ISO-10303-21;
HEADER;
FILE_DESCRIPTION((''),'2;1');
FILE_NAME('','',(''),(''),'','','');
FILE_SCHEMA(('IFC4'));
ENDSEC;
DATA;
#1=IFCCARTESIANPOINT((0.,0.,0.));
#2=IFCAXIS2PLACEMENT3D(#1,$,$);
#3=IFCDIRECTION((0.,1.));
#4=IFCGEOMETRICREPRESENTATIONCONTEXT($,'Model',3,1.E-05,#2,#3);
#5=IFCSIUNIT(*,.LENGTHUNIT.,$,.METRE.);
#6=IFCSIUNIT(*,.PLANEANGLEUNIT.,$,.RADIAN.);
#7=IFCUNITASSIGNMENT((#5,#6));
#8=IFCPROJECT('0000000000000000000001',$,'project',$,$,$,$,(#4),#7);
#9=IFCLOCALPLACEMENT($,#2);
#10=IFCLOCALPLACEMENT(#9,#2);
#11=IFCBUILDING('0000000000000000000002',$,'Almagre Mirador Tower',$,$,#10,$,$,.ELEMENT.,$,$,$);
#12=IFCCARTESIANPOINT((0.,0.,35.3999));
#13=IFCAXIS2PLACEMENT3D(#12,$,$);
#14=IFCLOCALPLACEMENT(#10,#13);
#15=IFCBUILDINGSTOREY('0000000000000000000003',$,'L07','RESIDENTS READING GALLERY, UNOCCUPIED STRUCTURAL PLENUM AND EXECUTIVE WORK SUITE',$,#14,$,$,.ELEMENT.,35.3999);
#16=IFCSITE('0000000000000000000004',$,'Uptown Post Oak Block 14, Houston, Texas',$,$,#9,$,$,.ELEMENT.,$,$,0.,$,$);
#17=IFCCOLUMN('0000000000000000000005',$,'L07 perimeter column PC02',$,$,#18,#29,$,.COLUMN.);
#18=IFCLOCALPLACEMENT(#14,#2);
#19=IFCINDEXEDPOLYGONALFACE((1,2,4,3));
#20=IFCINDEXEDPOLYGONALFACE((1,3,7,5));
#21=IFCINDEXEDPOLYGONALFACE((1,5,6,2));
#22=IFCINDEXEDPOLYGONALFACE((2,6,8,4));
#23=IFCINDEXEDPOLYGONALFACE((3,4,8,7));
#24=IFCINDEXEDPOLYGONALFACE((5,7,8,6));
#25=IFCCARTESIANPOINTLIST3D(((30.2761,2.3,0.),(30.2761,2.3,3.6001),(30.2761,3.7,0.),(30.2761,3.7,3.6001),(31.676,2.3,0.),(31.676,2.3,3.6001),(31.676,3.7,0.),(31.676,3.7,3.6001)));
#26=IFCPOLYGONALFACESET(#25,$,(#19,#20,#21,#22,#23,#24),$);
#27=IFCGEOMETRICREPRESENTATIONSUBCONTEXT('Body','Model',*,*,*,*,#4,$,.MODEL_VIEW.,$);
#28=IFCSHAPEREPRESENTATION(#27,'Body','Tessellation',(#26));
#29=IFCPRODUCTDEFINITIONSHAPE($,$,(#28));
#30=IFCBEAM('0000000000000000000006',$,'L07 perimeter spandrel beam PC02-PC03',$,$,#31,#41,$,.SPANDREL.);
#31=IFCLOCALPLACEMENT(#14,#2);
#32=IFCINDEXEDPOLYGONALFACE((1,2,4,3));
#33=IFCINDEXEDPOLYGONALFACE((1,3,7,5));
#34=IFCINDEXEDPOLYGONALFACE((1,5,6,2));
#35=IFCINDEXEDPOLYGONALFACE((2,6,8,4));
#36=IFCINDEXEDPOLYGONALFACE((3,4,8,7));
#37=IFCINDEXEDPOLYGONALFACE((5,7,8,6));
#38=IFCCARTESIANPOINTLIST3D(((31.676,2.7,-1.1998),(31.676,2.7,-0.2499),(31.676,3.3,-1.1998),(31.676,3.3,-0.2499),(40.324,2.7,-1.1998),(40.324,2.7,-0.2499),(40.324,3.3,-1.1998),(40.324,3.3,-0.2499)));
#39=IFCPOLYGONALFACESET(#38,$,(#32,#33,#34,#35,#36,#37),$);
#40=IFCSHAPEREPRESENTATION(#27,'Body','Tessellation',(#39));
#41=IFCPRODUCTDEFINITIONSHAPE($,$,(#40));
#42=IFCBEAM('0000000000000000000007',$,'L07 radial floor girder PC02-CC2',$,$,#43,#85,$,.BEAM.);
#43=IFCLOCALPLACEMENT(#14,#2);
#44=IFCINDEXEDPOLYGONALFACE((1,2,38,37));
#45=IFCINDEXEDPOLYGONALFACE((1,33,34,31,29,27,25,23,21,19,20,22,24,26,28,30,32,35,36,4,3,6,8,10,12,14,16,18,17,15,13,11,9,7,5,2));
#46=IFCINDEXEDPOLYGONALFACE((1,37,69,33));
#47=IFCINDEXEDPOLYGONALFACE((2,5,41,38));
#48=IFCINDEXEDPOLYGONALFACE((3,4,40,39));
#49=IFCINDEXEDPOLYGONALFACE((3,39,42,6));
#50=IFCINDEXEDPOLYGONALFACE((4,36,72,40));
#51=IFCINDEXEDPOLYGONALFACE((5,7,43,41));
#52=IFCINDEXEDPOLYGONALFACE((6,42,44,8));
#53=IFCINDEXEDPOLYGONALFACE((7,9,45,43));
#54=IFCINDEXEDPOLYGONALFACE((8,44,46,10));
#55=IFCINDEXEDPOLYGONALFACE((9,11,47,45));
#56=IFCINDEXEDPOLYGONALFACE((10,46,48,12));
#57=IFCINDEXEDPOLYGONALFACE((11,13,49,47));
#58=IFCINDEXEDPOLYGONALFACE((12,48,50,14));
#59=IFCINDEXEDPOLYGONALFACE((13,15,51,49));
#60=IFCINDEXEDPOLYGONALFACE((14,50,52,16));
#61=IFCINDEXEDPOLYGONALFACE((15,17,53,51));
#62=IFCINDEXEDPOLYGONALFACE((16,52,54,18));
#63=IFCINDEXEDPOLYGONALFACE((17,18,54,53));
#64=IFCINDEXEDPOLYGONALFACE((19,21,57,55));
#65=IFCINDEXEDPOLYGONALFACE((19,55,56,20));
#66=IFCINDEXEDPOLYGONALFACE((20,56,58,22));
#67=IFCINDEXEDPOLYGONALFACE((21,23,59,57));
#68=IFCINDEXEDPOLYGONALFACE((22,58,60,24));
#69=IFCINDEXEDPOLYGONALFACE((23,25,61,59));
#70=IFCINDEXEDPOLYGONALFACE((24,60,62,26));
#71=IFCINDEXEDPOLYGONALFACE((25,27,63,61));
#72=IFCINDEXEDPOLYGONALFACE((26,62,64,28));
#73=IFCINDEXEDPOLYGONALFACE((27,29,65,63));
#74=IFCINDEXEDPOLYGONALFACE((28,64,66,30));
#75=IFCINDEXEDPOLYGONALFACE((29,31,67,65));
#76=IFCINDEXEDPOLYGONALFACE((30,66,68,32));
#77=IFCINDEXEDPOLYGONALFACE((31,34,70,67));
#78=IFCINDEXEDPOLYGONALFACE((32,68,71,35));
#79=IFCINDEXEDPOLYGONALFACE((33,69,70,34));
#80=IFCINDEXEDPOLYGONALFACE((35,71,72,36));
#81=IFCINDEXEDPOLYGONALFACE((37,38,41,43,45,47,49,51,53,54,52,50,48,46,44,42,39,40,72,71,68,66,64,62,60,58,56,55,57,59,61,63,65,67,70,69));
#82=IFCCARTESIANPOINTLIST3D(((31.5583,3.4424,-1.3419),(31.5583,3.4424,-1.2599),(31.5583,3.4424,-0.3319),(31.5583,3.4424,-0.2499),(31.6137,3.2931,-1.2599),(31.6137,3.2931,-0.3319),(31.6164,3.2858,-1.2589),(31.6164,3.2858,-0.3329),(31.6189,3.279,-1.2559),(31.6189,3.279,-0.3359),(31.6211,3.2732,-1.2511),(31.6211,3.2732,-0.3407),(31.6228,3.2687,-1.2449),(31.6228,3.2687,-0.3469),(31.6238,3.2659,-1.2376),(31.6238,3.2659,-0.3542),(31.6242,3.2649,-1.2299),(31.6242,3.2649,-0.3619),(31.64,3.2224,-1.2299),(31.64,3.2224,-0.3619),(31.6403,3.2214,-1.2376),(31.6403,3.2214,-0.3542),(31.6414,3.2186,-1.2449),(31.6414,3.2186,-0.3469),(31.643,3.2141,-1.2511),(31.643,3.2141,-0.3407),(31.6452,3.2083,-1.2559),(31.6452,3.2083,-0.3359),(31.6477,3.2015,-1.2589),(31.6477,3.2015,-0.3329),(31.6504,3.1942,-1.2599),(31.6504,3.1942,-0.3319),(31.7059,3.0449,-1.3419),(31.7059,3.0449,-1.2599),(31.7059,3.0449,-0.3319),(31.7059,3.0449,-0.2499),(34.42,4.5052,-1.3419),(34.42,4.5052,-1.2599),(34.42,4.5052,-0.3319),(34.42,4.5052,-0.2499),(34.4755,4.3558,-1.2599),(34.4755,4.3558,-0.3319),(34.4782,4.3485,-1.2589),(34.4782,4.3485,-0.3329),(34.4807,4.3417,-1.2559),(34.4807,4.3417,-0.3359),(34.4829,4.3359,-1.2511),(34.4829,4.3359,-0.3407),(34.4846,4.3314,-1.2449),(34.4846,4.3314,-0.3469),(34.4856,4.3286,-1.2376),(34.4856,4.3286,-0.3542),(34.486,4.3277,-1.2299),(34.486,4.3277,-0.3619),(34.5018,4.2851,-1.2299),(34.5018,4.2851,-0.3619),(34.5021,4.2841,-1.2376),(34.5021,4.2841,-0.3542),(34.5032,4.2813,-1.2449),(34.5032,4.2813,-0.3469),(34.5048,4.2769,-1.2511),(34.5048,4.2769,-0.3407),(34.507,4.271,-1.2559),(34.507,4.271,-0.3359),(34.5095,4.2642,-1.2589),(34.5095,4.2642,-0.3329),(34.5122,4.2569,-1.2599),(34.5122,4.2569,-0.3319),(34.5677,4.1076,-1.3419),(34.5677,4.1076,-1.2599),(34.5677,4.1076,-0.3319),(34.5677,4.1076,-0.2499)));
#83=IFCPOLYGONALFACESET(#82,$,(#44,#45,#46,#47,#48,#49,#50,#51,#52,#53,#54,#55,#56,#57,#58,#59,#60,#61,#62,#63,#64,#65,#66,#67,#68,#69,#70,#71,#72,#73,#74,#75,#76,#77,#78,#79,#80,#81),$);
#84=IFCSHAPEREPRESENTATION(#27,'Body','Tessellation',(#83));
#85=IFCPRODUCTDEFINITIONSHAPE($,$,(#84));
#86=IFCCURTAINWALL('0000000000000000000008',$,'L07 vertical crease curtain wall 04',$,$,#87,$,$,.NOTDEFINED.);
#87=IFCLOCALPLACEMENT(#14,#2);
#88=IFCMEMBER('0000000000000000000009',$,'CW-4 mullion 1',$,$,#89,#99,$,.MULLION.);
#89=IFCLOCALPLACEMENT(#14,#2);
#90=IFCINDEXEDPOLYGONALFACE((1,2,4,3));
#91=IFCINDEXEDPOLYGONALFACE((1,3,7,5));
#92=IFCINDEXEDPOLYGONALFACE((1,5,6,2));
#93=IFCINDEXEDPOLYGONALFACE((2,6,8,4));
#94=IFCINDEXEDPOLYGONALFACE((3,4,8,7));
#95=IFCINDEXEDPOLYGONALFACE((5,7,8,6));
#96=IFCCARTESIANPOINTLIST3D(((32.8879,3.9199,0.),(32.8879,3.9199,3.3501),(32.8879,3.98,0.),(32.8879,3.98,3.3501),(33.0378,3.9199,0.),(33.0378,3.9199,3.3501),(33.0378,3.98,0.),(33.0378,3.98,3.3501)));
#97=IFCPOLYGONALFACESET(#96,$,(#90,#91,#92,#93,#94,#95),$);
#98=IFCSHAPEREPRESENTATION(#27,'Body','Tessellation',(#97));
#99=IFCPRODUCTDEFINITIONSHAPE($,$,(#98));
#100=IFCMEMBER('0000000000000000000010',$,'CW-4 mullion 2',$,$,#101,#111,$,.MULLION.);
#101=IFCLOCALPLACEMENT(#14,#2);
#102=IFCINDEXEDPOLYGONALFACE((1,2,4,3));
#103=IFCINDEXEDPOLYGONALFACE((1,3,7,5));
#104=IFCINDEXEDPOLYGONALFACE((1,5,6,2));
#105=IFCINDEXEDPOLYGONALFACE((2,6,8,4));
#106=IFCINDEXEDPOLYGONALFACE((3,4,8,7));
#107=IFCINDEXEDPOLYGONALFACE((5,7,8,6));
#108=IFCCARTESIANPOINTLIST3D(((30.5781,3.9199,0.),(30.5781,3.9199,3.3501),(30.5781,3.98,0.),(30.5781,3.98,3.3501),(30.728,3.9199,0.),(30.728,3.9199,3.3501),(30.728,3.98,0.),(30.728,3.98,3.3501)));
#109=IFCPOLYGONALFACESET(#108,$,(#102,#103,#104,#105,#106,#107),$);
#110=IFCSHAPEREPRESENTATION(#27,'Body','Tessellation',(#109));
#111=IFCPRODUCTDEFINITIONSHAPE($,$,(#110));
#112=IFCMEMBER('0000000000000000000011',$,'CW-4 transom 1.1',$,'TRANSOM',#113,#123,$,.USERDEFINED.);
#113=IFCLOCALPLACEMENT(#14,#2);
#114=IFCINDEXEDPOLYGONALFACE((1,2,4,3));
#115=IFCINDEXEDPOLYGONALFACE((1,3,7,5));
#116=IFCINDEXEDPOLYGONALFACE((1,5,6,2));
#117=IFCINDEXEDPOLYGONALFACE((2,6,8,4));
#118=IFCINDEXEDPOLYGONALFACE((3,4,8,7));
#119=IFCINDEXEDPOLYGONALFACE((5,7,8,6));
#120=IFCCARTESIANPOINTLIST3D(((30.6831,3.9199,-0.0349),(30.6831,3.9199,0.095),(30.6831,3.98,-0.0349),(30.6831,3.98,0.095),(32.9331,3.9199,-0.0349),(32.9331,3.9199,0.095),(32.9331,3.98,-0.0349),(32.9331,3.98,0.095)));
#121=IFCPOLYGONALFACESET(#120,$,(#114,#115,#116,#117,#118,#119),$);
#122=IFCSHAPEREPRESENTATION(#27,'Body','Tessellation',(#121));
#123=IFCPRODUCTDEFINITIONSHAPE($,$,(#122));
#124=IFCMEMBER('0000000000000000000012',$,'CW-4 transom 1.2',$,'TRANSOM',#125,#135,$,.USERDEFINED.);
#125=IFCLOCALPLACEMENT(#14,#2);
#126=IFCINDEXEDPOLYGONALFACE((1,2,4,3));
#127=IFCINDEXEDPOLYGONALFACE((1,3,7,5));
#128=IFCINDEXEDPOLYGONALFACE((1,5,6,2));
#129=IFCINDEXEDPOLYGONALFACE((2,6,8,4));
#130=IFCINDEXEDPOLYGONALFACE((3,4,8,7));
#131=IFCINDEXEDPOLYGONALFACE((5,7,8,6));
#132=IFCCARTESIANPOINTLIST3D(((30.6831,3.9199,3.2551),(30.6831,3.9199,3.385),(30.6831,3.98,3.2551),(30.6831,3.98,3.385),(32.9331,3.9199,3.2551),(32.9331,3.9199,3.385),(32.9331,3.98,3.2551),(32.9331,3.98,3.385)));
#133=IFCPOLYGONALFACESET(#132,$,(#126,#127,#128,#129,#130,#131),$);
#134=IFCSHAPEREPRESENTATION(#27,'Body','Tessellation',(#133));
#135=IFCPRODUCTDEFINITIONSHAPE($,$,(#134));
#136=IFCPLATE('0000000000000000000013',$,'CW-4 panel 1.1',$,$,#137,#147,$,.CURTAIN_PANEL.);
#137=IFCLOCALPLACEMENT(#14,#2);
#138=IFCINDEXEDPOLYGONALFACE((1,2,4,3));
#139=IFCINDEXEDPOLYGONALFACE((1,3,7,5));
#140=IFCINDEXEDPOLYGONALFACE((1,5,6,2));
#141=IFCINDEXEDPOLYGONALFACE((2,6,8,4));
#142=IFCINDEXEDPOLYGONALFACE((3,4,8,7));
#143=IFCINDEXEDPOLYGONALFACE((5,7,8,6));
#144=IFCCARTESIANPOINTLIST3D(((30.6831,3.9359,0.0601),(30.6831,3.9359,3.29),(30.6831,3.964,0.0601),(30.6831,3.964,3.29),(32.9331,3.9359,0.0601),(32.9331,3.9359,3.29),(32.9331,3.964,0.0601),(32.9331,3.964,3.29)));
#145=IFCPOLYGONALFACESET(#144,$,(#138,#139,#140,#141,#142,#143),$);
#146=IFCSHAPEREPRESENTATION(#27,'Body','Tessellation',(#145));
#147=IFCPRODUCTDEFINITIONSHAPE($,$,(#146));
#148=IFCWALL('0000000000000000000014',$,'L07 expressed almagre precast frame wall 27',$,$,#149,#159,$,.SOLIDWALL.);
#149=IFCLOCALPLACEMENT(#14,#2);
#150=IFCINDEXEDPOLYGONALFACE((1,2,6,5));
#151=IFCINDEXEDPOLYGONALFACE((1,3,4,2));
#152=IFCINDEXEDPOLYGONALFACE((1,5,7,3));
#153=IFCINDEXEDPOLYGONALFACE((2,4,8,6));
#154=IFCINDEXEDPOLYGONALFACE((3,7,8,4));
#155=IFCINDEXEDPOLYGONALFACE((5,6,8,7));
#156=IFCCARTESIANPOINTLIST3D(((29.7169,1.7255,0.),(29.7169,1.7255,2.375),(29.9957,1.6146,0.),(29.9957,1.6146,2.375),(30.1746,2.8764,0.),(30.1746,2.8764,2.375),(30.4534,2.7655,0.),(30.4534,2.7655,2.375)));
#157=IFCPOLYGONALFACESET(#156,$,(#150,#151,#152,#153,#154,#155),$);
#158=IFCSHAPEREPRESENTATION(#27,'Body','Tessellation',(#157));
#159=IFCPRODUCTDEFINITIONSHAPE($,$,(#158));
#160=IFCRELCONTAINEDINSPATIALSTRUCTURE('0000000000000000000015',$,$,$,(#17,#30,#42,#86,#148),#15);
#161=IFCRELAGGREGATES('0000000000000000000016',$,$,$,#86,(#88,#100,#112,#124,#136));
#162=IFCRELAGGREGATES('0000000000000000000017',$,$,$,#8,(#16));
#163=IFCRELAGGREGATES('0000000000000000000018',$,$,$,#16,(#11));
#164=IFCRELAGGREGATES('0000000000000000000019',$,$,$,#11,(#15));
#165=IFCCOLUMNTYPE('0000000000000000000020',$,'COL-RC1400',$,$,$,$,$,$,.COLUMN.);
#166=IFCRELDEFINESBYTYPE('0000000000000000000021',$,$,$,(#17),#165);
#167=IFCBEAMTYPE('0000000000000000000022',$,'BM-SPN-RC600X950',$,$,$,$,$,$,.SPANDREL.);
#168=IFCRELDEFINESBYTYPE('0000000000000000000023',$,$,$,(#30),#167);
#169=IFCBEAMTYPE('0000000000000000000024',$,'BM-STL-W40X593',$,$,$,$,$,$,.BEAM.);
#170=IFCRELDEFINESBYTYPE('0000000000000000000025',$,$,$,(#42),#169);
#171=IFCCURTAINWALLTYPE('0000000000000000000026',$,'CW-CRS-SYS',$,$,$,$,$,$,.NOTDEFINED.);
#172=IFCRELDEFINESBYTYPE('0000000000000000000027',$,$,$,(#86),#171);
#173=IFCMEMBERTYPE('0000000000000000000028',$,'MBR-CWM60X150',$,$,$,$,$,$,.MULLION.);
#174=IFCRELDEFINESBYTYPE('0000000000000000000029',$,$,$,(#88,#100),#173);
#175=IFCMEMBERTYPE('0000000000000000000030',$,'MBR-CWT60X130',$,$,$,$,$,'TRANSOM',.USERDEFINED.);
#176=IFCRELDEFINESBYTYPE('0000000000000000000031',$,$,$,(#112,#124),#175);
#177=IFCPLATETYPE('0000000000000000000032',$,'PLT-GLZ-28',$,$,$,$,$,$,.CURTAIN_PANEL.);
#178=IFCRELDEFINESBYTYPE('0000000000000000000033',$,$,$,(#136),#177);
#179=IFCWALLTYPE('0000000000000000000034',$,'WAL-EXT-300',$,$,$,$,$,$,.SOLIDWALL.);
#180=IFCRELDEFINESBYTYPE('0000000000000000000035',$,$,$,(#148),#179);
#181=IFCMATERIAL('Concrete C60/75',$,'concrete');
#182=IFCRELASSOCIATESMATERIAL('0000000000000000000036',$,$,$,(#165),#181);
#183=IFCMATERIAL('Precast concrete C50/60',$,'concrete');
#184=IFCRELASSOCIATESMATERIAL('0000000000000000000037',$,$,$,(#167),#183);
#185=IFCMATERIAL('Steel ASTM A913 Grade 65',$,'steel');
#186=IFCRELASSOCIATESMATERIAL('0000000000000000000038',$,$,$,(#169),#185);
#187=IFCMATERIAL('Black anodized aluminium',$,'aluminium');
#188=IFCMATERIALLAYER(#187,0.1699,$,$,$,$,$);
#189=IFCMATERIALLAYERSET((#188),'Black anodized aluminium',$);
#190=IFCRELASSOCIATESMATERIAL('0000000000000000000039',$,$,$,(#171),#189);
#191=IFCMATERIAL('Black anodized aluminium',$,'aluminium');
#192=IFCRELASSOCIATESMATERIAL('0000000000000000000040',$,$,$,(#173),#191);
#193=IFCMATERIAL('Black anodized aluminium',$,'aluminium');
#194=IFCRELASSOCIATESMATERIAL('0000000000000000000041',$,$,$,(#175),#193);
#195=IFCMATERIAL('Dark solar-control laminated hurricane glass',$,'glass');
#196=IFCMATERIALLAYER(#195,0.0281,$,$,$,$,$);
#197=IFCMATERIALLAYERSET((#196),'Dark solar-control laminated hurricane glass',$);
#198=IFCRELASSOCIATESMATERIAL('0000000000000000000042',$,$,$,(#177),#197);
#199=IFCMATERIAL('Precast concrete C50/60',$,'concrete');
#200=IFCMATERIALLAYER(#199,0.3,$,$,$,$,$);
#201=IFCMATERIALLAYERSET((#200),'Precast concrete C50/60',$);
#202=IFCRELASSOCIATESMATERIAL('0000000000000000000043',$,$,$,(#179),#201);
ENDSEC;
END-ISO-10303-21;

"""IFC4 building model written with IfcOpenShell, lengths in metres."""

from ifc_helpers import new_model, si_unit, direction, frame, frame_2d, origin, origin_2d, place, context, subcontext, project, spatial, rectangle, i_section, extrude, material, layer, layer_set, material_profile, profile_set, type_object, element, aggregate, save


model = new_model("IFC4")

# Units and contexts
model_context = context("Model", 3, precision=1e-05, world=origin(), true_north=direction((0.0, 1.0)))
body_context = subcontext(model_context, "Body", "Model", "MODEL_VIEW")
ifc_project = project(units=[si_unit("LENGTHUNIT", "METRE"), si_unit("PLANEANGLEUNIT", "RADIAN")], contexts=[model_context])

# Site, building, storey
site_placement = place(None, origin())
site = spatial("IfcSite", under=ifc_project, at=site_placement, Name="Uptown Post Oak Block 14, Houston, Texas", CompositionType="ELEMENT", RefElevation=0.0)
building_placement = place(site_placement, origin())
building = spatial("IfcBuilding", under=site, at=building_placement, Name="Almagre Mirador Tower", CompositionType="ELEMENT")
storey_placement = place(building_placement, frame((0.0, 0.0, 35.3999)))
storey = spatial("IfcBuildingStorey", under=building, at=storey_placement, Name="L07", Description="RESIDENTS READING GALLERY, UNOCCUPIED STRUCTURAL PLENUM AND EXECUTIVE WORK SUITE", CompositionType="ELEMENT", Elevation=35.3999)

# Column
ifc_material_1 = material(Name="Concrete C60/75", Category="concrete")
ifc_material_profile_1 = material_profile(ifc_material_1, rectangle(XDim=1.3999, YDim=1.3999, at=origin_2d()), Name="RC1400X1400")
ifc_profile_set_1 = profile_set([ifc_material_profile_1], Name="Concrete C60/75")
column_type = type_object("IfcColumnType", Name="COL-RC1400", PredefinedType="COLUMN", material=ifc_profile_set_1)
column_placement = place(storey_placement, frame((30.9761, 3.0, 0.0), z_axis=(0.0, 0.0, 1.0), x_axis=(1.0, 0.0, 0.0)))
element("IfcColumn", 1, at=column_placement, inside=storey, type_object=column_type, Name="L07 perimeter column PC02", PredefinedType="COLUMN", context=body_context, shape_type="SweptSolid", body=[
    extrude(rectangle(XDim=1.3999, YDim=1.3999, at=origin_2d()), origin(), (0.0, 0.0, 1.0), 3.6001),
])

# Beams
ifc_material_2 = material(Name="Precast concrete C50/60", Category="concrete")
ifc_material_profile_2 = material_profile(ifc_material_2, rectangle(XDim=0.6001, YDim=0.95, at=origin_2d()), Name="RC600X950")
ifc_profile_set_2 = profile_set([ifc_material_profile_2], Name="Precast concrete C50/60")
beam_type_1 = type_object("IfcBeamType", Name="BM-SPN-RC600X950", PredefinedType="SPANDREL", material=ifc_profile_set_2)
beam_1_placement = place(storey_placement, frame((31.676, 3.0, -0.7249), z_axis=(1.0, 0.0, 0.0), x_axis=(0.0, 1.0, 0.0)))
element("IfcBeam", 2, at=beam_1_placement, inside=storey, type_object=beam_type_1, Name="L07 perimeter spandrel beam PC02-PC03", PredefinedType="SPANDREL", context=body_context, shape_type="SweptSolid", body=[
    extrude(rectangle(XDim=0.6001, YDim=0.95, at=origin_2d()), origin(), (0.0, 0.0, 1.0), 8.6479),
])
ifc_material_3 = material(Name="Steel ASTM A913 Grade 65", Category="steel")
ifc_material_profile_3 = material_profile(ifc_material_3, i_section(OverallWidth=0.4241, OverallDepth=1.092, WebThickness=0.0454, FlangeThickness=0.082, FilletRadius=0.03, at=origin_2d()), Name="W40X593")
ifc_profile_set_3 = profile_set([ifc_material_profile_3], Name="Steel ASTM A913 Grade 65")
beam_type_2 = type_object("IfcBeamType", Name="BM-STL-W40X593", PredefinedType="BEAM", material=ifc_profile_set_3)
beam_2_placement = place(storey_placement, frame((31.6321, 3.2437, -0.7959), z_axis=(0.937448, 0.348124, 0.0), x_axis=(-0.348124, 0.937448, 0.0)))
element("IfcBeam", 3, at=beam_2_placement, inside=storey, type_object=beam_type_2, Name="L07 radial floor girder PC02-CC2", PredefinedType="BEAM", context=body_context, shape_type="SweptSolid", body=[
    extrude(i_section(OverallWidth=0.4241, OverallDepth=1.092, WebThickness=0.0454, FlangeThickness=0.082, FilletRadius=0.03, at=origin_2d()), origin(), (0.0, 0.0, 1.0), 3.0527),
])

# Curtain wall, members, plate
ifc_material_4 = material(Name="Black anodized aluminium", Category="aluminium")
ifc_layer_1 = layer(ifc_material_4, 0.1699)
ifc_layer_set_1 = layer_set([ifc_layer_1], Name="Black anodized aluminium")
curtain_wall_type = type_object("IfcCurtainWallType", Name="CW-CRS-SYS", PredefinedType="NOTDEFINED", material=ifc_layer_set_1)
curtain_wall_placement = place(storey_placement, origin())
curtain_wall = element("IfcCurtainWall", 4, at=curtain_wall_placement, inside=storey, type_object=curtain_wall_type, Name="L07 vertical crease curtain wall 04", PredefinedType="NOTDEFINED")
ifc_material_5 = material(Name="Black anodized aluminium", Category="aluminium")
ifc_material_profile_4 = material_profile(ifc_material_5, rectangle(XDim=0.0601, YDim=0.1499, at=origin_2d()), Name="CWM60X150")
ifc_profile_set_4 = profile_set([ifc_material_profile_4], Name="Black anodized aluminium")
member_type_1 = type_object("IfcMemberType", Name="MBR-CWM60X150", PredefinedType="MULLION", material=ifc_profile_set_4)
member_1_placement = place(storey_placement, frame((32.9629, 3.95, 0.0), z_axis=(0.0, 0.0, 1.0), x_axis=(0.0, -1.0, 0.0)))
member_1 = element("IfcMember", 5, at=member_1_placement, type_object=member_type_1, Name="CW-4 mullion 1", PredefinedType="MULLION", context=body_context, shape_type="SweptSolid", body=[
    extrude(rectangle(XDim=0.0601, YDim=0.1499, at=origin_2d()), origin(), (0.0, 0.0, 1.0), 3.3501),
])
member_2_placement = place(storey_placement, frame((30.6531, 3.95, 0.0), z_axis=(0.0, 0.0, 1.0), x_axis=(0.0, -1.0, 0.0)))
member_2 = element("IfcMember", 6, at=member_2_placement, type_object=member_type_1, Name="CW-4 mullion 2", PredefinedType="MULLION", context=body_context, shape_type="SweptSolid", body=[
    extrude(rectangle(XDim=0.0601, YDim=0.1499, at=origin_2d()), origin(), (0.0, 0.0, 1.0), 3.3501),
])
ifc_material_6 = material(Name="Black anodized aluminium", Category="aluminium")
ifc_material_profile_5 = material_profile(ifc_material_6, rectangle(XDim=0.0601, YDim=0.1299, at=origin_2d()), Name="CWT60X130")
ifc_profile_set_5 = profile_set([ifc_material_profile_5], Name="Black anodized aluminium")
member_type_2 = type_object("IfcMemberType", Name="MBR-CWT60X130", ElementType="TRANSOM", PredefinedType="USERDEFINED", material=ifc_profile_set_5)
member_3_placement = place(storey_placement, frame((32.9331, 3.95, 0.03), z_axis=(-1.0, 0.0, 0.0), x_axis=(0.0, -1.0, 0.0)))
member_3 = element("IfcMember", 7, at=member_3_placement, type_object=member_type_2, Name="CW-4 transom 1.1", ObjectType="TRANSOM", PredefinedType="USERDEFINED", context=body_context, shape_type="SweptSolid", body=[
    extrude(rectangle(XDim=0.0601, YDim=0.1299, at=origin_2d()), origin(), (0.0, 0.0, 1.0), 2.25),
])
member_4_placement = place(storey_placement, frame((32.9331, 3.95, 3.3201), z_axis=(-1.0, 0.0, 0.0), x_axis=(0.0, -1.0, 0.0)))
member_4 = element("IfcMember", 8, at=member_4_placement, type_object=member_type_2, Name="CW-4 transom 1.2", ObjectType="TRANSOM", PredefinedType="USERDEFINED", context=body_context, shape_type="SweptSolid", body=[
    extrude(rectangle(XDim=0.0601, YDim=0.1299, at=origin_2d()), origin(), (0.0, 0.0, 1.0), 2.25),
])
ifc_material_7 = material(Name="Dark solar-control laminated hurricane glass", Category="glass")
ifc_layer_2 = layer(ifc_material_7, 0.0281)
ifc_layer_set_2 = layer_set([ifc_layer_2], Name="Dark solar-control laminated hurricane glass")
plate_type = type_object("IfcPlateType", Name="PLT-GLZ-28", PredefinedType="CURTAIN_PANEL", material=ifc_layer_set_2)
plate_placement = place(storey_placement, frame((31.8081, 3.95, 0.0601), z_axis=(0.0, 0.0, 1.0), x_axis=(-1.0, 0.0, 0.0)))
plate = element("IfcPlate", 9, at=plate_placement, type_object=plate_type, Name="CW-4 panel 1.1", PredefinedType="CURTAIN_PANEL", context=body_context, shape_type="SweptSolid", body=[
    extrude(rectangle(XDim=2.25, YDim=0.0281, at=origin_2d()), origin(), (0.0, 0.0, 1.0), 3.23),
])
aggregate(curtain_wall, [member_1, member_2, member_3, member_4, plate])

# Wall
ifc_material_8 = material(Name="Precast concrete C50/60", Category="concrete")
ifc_layer_3 = layer(ifc_material_8, 0.3)
ifc_layer_set_3 = layer_set([ifc_layer_3], Name="Precast concrete C50/60")
wall_type_1 = type_object("IfcWallType", Name="WAL-EXT-300", PredefinedType="SOLIDWALL", material=ifc_layer_set_3)
wall_1_placement = place(storey_placement, frame((30.314, 2.8208, 0.0), z_axis=(0.0, 0.0, 1.0), x_axis=(-0.369589, -0.929195, 0.0)))
element("IfcWall", 10, at=wall_1_placement, inside=storey, type_object=wall_type_1, Name="L07 expressed almagre precast frame wall 27", PredefinedType="SOLIDWALL", context=body_context, shape_type="SweptSolid", body=[
    extrude(rectangle(XDim=1.2385, YDim=0.3, at=frame_2d((0.6191, 0.0))), origin(), (0.0, 0.0, 1.0), 2.375),
])

save(model, "model.ifc")
